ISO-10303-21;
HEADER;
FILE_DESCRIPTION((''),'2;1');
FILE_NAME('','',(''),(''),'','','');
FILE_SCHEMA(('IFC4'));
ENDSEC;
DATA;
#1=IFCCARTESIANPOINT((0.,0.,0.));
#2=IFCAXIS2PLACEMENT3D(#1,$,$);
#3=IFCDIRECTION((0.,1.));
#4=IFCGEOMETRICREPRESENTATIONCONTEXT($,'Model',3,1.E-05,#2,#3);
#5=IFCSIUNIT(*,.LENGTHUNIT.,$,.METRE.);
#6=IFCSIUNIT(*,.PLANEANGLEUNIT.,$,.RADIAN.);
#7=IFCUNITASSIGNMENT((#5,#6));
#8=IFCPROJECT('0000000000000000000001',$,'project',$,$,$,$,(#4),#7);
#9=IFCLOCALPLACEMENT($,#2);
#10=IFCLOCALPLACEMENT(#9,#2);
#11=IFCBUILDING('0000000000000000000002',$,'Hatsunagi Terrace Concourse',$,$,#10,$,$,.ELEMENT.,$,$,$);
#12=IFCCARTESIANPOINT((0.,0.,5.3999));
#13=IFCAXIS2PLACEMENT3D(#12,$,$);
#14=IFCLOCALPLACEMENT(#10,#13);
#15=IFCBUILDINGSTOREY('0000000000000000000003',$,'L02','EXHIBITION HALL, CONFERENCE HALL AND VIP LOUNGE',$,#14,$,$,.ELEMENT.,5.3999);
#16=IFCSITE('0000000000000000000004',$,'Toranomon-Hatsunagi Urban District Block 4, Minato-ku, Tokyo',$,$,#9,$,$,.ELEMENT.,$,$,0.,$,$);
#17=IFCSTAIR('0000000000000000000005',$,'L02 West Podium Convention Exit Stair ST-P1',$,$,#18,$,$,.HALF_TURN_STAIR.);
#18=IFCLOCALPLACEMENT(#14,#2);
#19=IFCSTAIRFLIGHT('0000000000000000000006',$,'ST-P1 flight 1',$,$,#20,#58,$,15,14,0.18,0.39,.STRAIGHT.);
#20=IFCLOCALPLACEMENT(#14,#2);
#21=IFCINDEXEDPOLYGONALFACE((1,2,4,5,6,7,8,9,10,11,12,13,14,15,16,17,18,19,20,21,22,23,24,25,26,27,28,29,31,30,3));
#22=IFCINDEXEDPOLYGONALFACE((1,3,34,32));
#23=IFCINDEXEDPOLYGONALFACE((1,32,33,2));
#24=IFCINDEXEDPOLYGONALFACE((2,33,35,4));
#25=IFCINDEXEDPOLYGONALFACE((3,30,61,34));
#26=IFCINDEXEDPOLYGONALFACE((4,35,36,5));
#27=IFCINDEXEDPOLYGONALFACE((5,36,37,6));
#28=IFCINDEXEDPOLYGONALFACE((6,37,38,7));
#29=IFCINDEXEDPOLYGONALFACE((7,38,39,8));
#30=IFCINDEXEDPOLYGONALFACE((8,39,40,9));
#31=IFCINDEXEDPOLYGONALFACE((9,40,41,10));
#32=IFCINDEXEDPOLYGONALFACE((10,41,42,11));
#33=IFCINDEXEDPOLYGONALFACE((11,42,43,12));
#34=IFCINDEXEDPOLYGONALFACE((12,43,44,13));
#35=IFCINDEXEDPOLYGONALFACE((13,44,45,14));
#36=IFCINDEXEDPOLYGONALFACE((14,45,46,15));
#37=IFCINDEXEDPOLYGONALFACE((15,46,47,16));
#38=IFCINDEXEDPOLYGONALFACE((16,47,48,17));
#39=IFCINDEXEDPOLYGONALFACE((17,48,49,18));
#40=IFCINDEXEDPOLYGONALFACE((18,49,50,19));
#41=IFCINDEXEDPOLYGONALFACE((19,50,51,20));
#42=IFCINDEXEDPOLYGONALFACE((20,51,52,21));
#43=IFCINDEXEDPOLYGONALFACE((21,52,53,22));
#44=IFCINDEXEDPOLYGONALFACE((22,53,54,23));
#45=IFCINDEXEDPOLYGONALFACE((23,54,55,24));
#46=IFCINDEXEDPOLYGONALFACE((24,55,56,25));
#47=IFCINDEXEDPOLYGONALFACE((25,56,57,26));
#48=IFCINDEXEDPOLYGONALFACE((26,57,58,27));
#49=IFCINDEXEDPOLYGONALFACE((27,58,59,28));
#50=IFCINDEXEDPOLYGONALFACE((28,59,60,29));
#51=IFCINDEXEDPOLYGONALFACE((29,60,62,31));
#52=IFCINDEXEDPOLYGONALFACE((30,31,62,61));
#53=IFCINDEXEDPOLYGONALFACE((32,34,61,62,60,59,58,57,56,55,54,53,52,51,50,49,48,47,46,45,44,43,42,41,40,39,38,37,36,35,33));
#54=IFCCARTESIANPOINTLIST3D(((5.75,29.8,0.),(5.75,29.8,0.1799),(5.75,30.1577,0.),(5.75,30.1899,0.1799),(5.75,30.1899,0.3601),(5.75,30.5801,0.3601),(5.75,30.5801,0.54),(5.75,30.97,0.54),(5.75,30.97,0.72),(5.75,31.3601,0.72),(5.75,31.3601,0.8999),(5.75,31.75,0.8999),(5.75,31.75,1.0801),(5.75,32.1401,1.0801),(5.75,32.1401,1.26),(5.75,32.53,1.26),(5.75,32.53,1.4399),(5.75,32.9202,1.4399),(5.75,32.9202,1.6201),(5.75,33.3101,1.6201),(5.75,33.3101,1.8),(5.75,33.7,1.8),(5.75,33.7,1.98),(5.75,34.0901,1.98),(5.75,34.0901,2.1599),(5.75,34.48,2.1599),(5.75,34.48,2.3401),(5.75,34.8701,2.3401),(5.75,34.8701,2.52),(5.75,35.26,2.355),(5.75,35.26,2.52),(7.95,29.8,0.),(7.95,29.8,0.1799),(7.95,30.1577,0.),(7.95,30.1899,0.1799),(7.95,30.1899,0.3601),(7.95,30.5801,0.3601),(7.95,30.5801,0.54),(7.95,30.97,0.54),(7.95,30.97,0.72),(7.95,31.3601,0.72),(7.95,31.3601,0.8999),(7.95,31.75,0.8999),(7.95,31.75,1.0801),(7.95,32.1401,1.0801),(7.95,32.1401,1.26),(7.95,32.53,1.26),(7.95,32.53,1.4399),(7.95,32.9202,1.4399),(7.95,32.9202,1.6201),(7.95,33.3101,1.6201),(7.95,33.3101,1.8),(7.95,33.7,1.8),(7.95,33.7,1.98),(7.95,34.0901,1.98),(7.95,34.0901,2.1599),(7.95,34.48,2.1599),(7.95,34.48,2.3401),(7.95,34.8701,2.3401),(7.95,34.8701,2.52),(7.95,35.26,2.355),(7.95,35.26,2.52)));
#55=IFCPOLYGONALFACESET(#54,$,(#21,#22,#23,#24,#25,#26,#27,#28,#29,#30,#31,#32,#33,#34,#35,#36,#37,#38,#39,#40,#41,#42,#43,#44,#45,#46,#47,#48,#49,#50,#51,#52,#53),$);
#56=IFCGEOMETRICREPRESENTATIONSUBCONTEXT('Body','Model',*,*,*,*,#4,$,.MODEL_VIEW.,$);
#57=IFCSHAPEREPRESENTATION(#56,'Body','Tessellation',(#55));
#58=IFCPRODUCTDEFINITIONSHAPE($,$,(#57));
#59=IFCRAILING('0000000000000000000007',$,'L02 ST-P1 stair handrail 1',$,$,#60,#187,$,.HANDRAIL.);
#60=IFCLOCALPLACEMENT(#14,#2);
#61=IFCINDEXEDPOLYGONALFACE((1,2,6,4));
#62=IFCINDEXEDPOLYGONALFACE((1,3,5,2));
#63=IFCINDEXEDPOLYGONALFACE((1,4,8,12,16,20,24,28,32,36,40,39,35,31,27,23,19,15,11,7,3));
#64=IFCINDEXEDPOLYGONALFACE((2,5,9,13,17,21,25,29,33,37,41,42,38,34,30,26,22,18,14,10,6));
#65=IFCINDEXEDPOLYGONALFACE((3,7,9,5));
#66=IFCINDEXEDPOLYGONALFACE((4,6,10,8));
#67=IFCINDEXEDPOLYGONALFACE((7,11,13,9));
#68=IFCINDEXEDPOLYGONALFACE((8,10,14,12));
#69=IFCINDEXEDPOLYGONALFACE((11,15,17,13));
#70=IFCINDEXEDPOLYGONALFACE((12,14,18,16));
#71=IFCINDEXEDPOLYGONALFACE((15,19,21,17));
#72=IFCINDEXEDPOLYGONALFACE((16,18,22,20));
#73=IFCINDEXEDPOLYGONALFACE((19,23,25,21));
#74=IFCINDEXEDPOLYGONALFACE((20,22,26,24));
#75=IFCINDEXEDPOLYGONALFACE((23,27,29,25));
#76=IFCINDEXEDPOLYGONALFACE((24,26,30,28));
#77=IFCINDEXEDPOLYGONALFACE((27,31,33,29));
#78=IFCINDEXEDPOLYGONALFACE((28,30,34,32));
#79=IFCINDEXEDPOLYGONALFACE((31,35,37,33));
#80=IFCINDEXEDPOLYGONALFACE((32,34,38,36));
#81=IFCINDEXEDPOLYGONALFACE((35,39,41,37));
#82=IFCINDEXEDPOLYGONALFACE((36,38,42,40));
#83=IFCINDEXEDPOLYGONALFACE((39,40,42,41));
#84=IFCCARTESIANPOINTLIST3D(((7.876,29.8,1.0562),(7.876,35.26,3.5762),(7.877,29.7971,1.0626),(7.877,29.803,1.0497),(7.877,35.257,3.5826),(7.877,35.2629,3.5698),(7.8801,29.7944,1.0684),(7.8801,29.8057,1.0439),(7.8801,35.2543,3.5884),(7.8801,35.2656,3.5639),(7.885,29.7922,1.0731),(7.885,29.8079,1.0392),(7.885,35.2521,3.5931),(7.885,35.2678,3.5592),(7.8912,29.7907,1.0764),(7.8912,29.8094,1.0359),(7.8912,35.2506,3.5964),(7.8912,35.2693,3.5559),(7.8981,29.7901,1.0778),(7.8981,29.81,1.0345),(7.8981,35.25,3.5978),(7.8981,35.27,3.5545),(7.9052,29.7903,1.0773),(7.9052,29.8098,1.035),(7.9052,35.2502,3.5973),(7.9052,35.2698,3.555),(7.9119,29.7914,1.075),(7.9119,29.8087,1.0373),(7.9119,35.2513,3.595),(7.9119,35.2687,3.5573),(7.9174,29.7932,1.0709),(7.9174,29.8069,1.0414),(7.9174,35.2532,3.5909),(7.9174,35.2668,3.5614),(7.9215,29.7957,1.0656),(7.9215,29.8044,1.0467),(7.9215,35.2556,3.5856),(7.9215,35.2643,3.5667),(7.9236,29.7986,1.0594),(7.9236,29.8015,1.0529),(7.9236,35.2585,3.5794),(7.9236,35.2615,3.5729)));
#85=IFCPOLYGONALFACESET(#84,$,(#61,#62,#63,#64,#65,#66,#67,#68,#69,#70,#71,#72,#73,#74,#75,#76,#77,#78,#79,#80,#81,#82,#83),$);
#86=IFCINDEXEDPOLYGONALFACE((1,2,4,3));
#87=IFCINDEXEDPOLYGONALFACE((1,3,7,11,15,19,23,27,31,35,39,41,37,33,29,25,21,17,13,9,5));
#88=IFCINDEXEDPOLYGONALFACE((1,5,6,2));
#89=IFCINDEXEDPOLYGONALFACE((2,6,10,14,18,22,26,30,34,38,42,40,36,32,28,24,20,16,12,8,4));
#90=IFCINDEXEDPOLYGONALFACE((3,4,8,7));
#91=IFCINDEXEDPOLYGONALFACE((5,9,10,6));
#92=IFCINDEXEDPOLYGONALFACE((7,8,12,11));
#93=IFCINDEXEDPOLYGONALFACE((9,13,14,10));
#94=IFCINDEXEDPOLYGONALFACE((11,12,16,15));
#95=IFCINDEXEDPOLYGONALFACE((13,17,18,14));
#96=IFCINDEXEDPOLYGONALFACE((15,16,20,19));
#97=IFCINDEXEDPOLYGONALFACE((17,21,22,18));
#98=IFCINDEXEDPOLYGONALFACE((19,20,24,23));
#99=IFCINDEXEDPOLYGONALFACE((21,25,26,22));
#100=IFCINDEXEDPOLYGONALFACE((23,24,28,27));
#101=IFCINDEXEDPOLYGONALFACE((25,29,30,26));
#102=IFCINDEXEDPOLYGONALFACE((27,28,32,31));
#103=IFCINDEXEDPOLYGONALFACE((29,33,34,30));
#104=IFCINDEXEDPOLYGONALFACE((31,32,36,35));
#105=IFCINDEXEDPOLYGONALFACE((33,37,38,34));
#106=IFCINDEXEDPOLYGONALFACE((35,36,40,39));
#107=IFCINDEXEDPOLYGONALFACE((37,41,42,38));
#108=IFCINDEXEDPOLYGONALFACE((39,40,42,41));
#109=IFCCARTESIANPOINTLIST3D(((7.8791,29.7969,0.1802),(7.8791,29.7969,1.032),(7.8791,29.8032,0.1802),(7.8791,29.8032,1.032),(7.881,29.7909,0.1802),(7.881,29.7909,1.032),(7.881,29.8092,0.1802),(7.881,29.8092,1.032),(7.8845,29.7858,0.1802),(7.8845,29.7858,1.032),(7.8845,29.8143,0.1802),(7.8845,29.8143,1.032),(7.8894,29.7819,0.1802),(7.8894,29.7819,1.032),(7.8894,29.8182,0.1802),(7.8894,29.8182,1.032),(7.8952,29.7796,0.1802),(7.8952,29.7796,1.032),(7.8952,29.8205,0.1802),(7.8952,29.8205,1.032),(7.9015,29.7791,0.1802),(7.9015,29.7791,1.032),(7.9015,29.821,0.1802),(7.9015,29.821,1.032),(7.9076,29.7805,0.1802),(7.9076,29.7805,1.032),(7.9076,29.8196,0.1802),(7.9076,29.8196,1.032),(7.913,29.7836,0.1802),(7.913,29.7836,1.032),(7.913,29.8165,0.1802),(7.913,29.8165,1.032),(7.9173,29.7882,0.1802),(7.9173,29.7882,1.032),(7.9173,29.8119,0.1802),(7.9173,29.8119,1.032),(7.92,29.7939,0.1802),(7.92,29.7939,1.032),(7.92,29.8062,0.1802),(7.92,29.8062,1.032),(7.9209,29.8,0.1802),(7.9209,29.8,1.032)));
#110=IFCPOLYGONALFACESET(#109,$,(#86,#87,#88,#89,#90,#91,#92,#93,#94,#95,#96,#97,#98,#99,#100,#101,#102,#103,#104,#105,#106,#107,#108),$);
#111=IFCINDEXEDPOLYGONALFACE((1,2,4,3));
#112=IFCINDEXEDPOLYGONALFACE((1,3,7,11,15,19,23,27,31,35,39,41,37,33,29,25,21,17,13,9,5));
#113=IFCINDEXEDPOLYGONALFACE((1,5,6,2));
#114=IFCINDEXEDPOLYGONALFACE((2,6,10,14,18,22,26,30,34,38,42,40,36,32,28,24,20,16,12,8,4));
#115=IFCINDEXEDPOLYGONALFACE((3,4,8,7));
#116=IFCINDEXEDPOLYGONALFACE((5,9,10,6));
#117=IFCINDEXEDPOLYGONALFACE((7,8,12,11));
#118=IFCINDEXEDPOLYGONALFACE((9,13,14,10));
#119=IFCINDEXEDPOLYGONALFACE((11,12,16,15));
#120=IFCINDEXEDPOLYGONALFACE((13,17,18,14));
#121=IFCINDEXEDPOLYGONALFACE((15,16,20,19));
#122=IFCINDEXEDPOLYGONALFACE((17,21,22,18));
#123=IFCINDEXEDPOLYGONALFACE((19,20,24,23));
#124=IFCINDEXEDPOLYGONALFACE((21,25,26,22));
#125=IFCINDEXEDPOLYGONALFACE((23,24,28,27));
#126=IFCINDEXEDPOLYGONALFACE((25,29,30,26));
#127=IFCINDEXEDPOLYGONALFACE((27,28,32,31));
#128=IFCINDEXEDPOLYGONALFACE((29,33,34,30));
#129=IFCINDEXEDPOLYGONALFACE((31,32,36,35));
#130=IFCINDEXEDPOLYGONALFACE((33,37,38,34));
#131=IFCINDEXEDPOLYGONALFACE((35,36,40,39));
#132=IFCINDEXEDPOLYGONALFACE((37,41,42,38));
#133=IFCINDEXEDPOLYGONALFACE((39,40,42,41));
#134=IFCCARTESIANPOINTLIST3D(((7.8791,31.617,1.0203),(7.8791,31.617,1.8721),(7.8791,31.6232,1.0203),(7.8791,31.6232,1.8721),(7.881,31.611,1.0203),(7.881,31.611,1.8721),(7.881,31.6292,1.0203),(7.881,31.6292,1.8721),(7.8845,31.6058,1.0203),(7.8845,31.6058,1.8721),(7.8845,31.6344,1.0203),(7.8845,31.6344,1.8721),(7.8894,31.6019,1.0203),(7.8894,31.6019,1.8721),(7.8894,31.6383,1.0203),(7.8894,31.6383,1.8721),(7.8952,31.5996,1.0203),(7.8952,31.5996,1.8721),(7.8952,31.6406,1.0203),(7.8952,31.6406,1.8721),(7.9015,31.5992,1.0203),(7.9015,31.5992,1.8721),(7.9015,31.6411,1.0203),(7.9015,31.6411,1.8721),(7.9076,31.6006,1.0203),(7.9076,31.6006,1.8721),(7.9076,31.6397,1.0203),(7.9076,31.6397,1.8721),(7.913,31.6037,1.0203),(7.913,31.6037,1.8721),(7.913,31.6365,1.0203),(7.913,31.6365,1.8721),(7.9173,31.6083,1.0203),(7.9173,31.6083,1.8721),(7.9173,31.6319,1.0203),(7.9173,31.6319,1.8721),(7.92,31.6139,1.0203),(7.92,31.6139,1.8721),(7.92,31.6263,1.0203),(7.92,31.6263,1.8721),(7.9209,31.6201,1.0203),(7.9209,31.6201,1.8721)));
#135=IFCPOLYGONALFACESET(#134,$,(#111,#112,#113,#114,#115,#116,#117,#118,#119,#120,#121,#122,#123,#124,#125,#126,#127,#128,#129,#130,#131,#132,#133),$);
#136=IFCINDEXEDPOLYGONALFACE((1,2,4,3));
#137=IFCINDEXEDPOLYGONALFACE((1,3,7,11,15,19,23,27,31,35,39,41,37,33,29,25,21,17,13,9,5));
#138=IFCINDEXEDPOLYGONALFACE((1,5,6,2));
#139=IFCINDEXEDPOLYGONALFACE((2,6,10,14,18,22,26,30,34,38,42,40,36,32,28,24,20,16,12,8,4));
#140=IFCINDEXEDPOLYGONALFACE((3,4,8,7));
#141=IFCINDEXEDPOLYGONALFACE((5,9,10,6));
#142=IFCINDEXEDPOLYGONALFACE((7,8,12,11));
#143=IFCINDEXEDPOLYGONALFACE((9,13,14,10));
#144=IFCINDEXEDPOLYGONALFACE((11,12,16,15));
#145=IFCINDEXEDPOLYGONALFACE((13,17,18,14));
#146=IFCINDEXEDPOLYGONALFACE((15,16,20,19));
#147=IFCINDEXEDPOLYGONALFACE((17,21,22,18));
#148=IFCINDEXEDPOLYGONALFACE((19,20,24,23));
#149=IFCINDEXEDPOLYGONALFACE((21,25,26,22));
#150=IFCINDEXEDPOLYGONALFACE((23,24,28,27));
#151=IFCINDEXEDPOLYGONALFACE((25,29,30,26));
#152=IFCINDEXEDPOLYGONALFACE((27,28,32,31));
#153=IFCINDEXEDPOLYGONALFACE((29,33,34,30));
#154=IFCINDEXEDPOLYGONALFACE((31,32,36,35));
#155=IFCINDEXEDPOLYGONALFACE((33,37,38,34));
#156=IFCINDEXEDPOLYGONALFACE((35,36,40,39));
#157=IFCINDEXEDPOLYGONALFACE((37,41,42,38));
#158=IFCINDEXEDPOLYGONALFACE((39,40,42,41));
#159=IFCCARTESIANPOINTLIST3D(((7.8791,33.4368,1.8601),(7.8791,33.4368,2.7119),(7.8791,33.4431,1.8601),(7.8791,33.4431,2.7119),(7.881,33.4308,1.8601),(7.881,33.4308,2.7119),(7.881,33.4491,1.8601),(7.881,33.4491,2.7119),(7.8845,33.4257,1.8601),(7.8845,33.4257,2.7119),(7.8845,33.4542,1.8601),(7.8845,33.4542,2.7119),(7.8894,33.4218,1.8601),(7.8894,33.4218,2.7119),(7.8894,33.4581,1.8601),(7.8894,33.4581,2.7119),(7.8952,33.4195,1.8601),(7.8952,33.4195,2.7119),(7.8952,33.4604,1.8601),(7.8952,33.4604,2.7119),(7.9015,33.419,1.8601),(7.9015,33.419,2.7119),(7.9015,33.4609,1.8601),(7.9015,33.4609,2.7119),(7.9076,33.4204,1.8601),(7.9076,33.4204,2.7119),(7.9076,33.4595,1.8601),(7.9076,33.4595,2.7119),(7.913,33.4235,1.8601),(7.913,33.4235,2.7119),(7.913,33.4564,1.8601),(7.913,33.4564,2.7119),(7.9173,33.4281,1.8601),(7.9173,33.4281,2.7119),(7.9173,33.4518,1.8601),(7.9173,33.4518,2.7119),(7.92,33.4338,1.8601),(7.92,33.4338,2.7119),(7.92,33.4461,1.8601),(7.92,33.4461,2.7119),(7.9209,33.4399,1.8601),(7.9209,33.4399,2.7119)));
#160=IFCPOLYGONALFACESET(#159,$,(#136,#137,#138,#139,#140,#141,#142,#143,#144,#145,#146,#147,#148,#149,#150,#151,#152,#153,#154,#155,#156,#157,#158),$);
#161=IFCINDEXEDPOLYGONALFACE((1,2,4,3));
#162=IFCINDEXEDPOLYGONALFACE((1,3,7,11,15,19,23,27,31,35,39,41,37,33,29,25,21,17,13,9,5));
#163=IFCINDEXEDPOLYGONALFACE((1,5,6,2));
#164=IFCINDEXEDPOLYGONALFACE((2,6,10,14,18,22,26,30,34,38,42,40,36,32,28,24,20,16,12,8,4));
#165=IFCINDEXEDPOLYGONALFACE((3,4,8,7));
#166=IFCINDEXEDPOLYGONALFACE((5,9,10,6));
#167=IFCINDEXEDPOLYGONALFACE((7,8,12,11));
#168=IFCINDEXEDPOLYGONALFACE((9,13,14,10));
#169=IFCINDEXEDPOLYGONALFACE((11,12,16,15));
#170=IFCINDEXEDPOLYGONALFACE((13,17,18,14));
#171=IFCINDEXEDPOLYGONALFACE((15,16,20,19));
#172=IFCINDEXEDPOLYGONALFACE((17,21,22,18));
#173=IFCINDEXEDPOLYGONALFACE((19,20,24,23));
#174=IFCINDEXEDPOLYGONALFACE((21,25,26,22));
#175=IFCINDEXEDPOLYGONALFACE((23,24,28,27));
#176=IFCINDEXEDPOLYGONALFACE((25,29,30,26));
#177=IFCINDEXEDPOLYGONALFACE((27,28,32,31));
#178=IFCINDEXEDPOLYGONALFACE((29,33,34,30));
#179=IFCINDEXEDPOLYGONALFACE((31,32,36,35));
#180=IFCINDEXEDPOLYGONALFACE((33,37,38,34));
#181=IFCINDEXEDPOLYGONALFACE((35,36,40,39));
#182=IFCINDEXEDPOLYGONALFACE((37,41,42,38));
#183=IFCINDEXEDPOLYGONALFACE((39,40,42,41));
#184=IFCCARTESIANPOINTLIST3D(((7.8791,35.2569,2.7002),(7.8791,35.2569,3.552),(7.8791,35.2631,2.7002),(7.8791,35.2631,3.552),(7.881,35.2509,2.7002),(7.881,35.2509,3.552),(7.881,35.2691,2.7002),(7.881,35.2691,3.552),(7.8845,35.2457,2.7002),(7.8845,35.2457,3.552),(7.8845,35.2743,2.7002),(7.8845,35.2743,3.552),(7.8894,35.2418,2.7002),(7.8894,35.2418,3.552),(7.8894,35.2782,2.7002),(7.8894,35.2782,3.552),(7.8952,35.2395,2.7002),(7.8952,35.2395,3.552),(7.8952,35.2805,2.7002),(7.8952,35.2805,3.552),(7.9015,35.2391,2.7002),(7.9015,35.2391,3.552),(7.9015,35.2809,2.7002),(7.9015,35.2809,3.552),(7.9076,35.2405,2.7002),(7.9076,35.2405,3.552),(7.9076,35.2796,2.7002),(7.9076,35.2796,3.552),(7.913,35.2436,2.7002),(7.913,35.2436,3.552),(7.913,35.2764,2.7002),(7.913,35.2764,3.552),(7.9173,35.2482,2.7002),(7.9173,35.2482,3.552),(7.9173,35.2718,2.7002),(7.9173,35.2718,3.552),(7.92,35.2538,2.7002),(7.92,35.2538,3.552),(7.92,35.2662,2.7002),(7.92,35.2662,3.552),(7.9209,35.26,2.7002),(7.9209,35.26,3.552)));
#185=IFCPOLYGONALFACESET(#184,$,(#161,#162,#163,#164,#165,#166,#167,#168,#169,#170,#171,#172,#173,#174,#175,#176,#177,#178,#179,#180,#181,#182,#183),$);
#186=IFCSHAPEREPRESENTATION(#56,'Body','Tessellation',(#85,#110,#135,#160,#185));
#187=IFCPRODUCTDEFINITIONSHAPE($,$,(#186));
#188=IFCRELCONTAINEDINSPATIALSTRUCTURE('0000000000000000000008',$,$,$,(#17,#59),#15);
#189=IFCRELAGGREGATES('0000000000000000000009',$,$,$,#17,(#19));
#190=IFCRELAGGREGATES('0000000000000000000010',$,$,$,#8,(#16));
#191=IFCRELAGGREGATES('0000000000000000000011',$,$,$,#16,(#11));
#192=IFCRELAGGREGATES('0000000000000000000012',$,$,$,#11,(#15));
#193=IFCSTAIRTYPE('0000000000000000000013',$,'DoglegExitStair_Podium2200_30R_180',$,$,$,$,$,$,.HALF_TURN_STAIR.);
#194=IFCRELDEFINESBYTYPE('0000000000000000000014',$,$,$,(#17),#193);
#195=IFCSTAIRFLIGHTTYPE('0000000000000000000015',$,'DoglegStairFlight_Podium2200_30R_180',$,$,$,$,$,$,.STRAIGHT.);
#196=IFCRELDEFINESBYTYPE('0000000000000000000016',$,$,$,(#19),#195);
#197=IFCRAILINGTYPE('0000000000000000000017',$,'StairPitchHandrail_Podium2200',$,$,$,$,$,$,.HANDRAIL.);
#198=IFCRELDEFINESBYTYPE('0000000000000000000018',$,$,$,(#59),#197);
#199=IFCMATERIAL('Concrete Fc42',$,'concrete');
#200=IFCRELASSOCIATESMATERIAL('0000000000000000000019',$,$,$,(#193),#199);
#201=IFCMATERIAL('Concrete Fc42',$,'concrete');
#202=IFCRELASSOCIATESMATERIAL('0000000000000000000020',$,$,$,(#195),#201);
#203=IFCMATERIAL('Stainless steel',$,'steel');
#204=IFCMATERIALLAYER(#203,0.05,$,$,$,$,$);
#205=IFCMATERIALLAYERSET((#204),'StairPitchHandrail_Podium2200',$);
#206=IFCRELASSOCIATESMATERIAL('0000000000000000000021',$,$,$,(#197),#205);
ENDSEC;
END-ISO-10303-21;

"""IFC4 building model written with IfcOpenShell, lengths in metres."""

from ifc_helpers import new_model, si_unit, direction, frame, origin, origin_2d, place, context, subcontext, project, spatial, polyline, circle, outline, extrude, material, layer, layer_set, type_object, element, aggregate, save


model = new_model("IFC4")

# Units and contexts
model_context = context("Model", 3, precision=1e-05, world=origin(), true_north=direction((0.0, 1.0)))
body_context = subcontext(model_context, "Body", "Model", "MODEL_VIEW")
ifc_project = project(units=[si_unit("LENGTHUNIT", "METRE"), si_unit("PLANEANGLEUNIT", "RADIAN")], contexts=[model_context])

# Site, building, storey
site_placement = place(None, origin())
site = spatial("IfcSite", under=ifc_project, at=site_placement, Name="Toranomon-Hatsunagi Urban District Block 4, Minato-ku, Tokyo", CompositionType="ELEMENT", RefElevation=0.0)
building_placement = place(site_placement, origin())
building = spatial("IfcBuilding", under=site, at=building_placement, Name="Hatsunagi Terrace Concourse", CompositionType="ELEMENT")
storey_placement = place(building_placement, frame((0.0, 0.0, 5.3999)))
storey = spatial("IfcBuildingStorey", under=building, at=storey_placement, Name="L02", Description="EXHIBITION HALL, CONFERENCE HALL AND VIP LOUNGE", CompositionType="ELEMENT", Elevation=5.3999)

# Stair, stair flight
ifc_material_1 = material(Name="Concrete Fc42", Category="concrete")
stair_type = type_object("IfcStairType", Name="DoglegExitStair_Podium2200_30R_180", PredefinedType="HALF_TURN_STAIR", material=ifc_material_1)
stair_placement = place(storey_placement, origin())
stair = element("IfcStair", 1, at=stair_placement, inside=storey, type_object=stair_type, Name="L02 West Podium Convention Exit Stair ST-P1", PredefinedType="HALF_TURN_STAIR")
ifc_material_2 = material(Name="Concrete Fc42", Category="concrete")
stair_flight_type = type_object("IfcStairFlightType", Name="DoglegStairFlight_Podium2200_30R_180", PredefinedType="STRAIGHT", material=ifc_material_2)
stair_flight_placement = place(storey_placement, frame((6.8501, 29.8, 0.0), z_axis=(0.0, 0.0, 1.0), x_axis=(0.0, 1.0, 0.0)))
stair_flight = element("IfcStairFlight", 2, at=stair_flight_placement, type_object=stair_flight_type, Name="ST-P1 flight 1", NumberOfRisers=15, NumberOfTreads=14, PredefinedType="STRAIGHT", RiserHeight=0.18, TreadLength=0.39, context=body_context, shape_type="SweptSolid", body=[
    extrude(outline(polyline([(0.0, 0.0), (0.0, 0.1799), (0.3899, 0.1799), (0.3899, 0.3601), (0.78, 0.3601), (0.78, 0.54), (1.1699, 0.54), (1.1699, 0.72), (1.5601, 0.72), (1.5601, 0.8999), (1.95, 0.8999), (1.95, 1.0801), (2.3401, 1.0801), (2.3401, 1.26), (2.73, 1.26), (2.73, 1.4399), (3.1201, 1.4399), (3.1201, 1.6201), (3.51, 1.6201), (3.51, 1.8), (3.8999, 1.8), (3.8999, 1.98), (4.29, 1.98), (4.29, 2.1599), (4.6799, 2.1599), (4.6799, 2.3401), (5.0701, 2.3401), (5.0701, 2.52), (5.46, 2.52), (5.46, 2.7), (5.46, 2.355), (0.3577, 0.0), (0.0, 0.0)])), frame((0.0, 1.1001, 0.0), z_axis=(0.0, -1.0, 0.0), x_axis=(1.0, 0.0, 0.0)), (0.0, 0.0, 1.0), 2.2),
])
aggregate(stair, [stair_flight])

# Railing
ifc_material_3 = material(Name="Stainless steel", Category="steel")
ifc_layer_1 = layer(ifc_material_3, 0.05)
ifc_layer_set_1 = layer_set([ifc_layer_1], Name="StairPitchHandrail_Podium2200")
railing_type_1 = type_object("IfcRailingType", Name="StairPitchHandrail_Podium2200", PredefinedType="HANDRAIL", material=ifc_layer_set_1)
railing_1_placement = place(storey_placement, frame((7.8999, 29.8, 0.1802)))
element("IfcRailing", 3, at=railing_1_placement, inside=storey, type_object=railing_type_1, Name="L02 ST-P1 stair handrail 1", PredefinedType="HANDRAIL", context=body_context, shape_type="SweptSolid", body=[
    extrude(circle(Radius=0.0239, at=origin_2d()), frame((0.0, 0.0, 0.876), z_axis=(0.0, 0.907957, 0.419063), x_axis=(-1.0, 0.0, 0.0)), (0.0, 0.0, 1.0), 6.0134),
    extrude(circle(Radius=0.021, at=origin_2d()), origin(), (0.0, 0.0, 1.0), 0.8518),
    extrude(circle(Radius=0.021, at=origin_2d()), frame((0.0, 1.8201, 0.8401)), (0.0, 0.0, 1.0), 0.8518),
    extrude(circle(Radius=0.021, at=origin_2d()), frame((0.0, 3.6399, 1.6799)), (0.0, 0.0, 1.0), 0.8518),
    extrude(circle(Radius=0.021, at=origin_2d()), frame((0.0, 5.46, 2.52)), (0.0, 0.0, 1.0), 0.8518),
])

save(model, "model.ifc")
